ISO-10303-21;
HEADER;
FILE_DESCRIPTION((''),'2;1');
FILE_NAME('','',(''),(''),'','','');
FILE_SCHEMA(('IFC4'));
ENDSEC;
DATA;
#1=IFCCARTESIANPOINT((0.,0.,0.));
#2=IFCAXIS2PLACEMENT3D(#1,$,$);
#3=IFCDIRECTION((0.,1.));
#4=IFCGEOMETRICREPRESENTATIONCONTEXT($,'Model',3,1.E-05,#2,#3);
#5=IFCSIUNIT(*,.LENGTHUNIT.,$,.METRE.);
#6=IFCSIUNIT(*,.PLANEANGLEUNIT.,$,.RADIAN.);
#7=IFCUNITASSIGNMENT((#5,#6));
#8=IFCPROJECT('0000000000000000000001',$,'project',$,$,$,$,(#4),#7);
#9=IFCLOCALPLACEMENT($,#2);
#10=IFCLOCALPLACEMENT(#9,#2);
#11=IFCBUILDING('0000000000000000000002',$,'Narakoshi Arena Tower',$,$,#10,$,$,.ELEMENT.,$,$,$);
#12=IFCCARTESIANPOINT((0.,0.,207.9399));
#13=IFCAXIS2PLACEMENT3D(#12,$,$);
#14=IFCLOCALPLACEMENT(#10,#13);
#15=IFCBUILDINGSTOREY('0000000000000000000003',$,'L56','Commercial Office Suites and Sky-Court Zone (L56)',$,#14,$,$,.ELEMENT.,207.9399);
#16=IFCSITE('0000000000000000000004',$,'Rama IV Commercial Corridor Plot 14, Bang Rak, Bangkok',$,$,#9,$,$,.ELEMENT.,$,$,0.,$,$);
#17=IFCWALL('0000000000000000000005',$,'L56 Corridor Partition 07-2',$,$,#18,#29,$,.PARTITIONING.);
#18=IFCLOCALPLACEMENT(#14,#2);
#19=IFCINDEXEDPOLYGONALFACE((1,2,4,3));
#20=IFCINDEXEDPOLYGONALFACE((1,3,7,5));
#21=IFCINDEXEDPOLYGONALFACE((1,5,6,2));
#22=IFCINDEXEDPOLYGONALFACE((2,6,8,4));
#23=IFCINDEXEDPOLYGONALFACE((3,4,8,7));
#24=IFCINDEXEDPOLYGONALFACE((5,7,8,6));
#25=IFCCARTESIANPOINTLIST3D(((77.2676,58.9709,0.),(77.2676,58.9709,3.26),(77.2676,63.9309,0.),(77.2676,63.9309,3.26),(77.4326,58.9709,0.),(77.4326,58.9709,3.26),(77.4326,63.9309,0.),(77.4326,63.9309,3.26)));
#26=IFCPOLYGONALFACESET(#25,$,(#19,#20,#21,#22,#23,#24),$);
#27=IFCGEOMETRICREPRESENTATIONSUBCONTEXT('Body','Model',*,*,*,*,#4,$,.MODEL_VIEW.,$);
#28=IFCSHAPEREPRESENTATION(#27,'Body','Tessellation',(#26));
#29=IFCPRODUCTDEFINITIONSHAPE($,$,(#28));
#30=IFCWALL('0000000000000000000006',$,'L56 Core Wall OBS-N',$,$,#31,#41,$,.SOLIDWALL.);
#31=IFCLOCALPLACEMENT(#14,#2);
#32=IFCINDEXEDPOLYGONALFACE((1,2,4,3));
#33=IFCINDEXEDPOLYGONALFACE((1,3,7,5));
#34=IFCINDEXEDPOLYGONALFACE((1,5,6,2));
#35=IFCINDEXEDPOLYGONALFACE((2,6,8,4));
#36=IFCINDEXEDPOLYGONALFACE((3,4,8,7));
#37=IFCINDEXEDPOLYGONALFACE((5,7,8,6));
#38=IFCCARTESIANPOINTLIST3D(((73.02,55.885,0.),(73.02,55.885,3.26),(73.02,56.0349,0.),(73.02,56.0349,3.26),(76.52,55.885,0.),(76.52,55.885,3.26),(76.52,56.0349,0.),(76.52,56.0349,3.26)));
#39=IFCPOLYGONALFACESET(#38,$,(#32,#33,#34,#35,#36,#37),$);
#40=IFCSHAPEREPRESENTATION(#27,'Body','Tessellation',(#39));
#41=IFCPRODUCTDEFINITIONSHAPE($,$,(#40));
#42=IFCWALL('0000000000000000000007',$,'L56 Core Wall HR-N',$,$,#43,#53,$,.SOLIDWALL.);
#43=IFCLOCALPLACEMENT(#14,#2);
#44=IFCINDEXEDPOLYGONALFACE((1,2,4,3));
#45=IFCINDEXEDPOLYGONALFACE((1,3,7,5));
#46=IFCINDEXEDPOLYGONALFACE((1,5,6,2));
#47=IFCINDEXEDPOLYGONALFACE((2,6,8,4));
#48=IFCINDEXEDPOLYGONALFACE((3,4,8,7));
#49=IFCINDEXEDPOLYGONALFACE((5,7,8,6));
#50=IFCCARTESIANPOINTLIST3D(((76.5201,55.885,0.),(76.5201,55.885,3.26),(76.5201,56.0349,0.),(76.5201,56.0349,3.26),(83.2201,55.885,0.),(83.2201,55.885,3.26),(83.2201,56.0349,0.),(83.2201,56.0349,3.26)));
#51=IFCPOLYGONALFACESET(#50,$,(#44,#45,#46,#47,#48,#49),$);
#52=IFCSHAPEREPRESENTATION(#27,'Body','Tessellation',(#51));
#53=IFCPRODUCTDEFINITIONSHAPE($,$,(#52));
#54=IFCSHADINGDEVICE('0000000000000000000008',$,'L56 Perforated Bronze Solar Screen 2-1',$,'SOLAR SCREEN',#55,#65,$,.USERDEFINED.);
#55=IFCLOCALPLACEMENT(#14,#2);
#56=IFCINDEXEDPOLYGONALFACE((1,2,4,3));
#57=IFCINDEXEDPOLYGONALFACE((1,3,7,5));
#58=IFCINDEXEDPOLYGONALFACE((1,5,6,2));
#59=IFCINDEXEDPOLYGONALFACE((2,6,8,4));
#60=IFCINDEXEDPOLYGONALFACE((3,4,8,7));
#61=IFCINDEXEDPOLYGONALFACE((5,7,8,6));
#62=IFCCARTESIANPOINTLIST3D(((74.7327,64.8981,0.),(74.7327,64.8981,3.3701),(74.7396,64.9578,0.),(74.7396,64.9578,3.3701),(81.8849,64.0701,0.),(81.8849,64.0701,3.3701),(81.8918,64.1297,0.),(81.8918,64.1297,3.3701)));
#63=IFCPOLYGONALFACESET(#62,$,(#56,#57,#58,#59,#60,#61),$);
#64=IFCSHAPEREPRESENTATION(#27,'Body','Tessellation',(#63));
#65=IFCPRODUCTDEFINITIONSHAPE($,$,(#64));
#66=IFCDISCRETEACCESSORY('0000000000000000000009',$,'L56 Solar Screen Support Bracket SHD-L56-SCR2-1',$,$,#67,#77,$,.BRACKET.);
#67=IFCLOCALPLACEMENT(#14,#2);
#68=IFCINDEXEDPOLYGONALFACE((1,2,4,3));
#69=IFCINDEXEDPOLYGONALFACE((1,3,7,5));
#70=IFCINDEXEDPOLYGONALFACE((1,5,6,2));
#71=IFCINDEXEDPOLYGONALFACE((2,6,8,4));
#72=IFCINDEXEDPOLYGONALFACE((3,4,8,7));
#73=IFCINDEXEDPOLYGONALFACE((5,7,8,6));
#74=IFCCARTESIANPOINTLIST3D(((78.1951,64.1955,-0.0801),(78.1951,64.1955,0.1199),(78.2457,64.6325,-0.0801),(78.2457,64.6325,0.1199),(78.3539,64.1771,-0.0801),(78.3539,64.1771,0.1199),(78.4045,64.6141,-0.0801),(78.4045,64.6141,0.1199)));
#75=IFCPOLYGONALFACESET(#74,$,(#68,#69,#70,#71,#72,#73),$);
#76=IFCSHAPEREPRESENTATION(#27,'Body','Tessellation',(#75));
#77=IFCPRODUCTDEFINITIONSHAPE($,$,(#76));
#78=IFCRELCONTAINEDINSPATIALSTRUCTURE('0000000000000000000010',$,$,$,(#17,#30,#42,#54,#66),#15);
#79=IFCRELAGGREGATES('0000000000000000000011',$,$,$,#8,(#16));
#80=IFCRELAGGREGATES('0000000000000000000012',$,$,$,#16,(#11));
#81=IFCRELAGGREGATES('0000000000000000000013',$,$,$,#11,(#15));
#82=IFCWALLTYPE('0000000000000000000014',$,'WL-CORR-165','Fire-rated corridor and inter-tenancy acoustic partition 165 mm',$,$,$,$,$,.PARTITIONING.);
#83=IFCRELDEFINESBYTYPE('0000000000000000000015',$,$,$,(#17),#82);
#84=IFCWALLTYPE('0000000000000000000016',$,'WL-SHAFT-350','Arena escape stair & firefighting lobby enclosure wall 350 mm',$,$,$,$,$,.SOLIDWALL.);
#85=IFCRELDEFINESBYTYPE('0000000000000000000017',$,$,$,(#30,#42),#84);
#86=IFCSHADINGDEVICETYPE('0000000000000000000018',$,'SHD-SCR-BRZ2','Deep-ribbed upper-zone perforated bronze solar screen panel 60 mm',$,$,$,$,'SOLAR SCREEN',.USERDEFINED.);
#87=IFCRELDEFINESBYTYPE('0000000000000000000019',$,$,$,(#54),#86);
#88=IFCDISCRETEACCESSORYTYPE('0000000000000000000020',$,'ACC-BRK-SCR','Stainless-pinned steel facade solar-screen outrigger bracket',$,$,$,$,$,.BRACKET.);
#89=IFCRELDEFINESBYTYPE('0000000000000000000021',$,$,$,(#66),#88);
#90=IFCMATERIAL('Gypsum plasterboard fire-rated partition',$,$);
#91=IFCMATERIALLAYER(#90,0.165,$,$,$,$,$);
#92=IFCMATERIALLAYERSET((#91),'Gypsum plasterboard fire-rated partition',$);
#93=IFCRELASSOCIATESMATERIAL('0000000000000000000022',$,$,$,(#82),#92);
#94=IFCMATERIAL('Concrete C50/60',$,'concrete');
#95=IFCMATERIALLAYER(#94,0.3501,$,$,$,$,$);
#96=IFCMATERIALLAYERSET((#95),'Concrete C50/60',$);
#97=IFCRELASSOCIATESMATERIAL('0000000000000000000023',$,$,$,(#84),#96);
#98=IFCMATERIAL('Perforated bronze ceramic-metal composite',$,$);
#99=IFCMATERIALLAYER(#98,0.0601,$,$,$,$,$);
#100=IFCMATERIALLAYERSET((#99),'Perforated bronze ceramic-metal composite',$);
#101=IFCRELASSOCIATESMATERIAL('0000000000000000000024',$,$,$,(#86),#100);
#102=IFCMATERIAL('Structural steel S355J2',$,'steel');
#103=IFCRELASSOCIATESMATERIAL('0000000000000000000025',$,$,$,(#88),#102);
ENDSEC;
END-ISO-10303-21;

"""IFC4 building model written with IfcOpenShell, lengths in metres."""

from ifc_helpers import new_model, si_unit, direction, frame, frame_2d, origin, origin_2d, place, context, subcontext, project, spatial, rectangle, extrude, material, layer, layer_set, type_object, element, save


model = new_model("IFC4")

# Units and contexts
model_context = context("Model", 3, precision=1e-05, world=origin(), true_north=direction((0.0, 1.0)))
body_context = subcontext(model_context, "Body", "Model", "MODEL_VIEW")
ifc_project = project(units=[si_unit("LENGTHUNIT", "METRE"), si_unit("PLANEANGLEUNIT", "RADIAN")], contexts=[model_context])

# Site, building, storey
site_placement = place(None, origin())
site = spatial("IfcSite", under=ifc_project, at=site_placement, Name="Rama IV Commercial Corridor Plot 14, Bang Rak, Bangkok", CompositionType="ELEMENT", RefElevation=0.0)
building_placement = place(site_placement, origin())
building = spatial("IfcBuilding", under=site, at=building_placement, Name="Narakoshi Arena Tower", CompositionType="ELEMENT")
storey_placement = place(building_placement, frame((0.0, 0.0, 207.9399)))
storey = spatial("IfcBuildingStorey", under=building, at=storey_placement, Name="L56", Description="Commercial Office Suites and Sky-Court Zone (L56)", CompositionType="ELEMENT", Elevation=207.9399)

# Shared definitions
ifc_material_1 = material(Name="Structural steel S355J2", Category="steel")

# Shared definitions
ifc_material_2 = material(Name="Gypsum plasterboard fire-rated partition")
ifc_layer_1 = layer(ifc_material_2, 0.165)
ifc_layer_set_1 = layer_set([ifc_layer_1], Name="Gypsum plasterboard fire-rated partition")
wall_type_1 = type_object("IfcWallType", Name="WL-CORR-165", Description="Fire-rated corridor and inter-tenancy acoustic partition 165 mm", PredefinedType="PARTITIONING", material=ifc_layer_set_1)

# Walls
wall_1_placement = place(storey_placement, frame((77.3501, 63.9309, 0.0), z_axis=(0.0, 0.0, 1.0), x_axis=(0.0, -1.0, 0.0)))
element("IfcWall", 1, at=wall_1_placement, inside=storey, type_object=wall_type_1, Name="L56 Corridor Partition 07-2", PredefinedType="PARTITIONING", context=body_context, shape_type="SweptSolid", body=[
    extrude(rectangle(XDim=4.96, YDim=0.165, at=frame_2d((2.48, 0.0))), origin(), (0.0, 0.0, 1.0), 3.26),
])
ifc_material_3 = material(Name="Concrete C50/60", Category="concrete")
ifc_layer_2 = layer(ifc_material_3, 0.3501)
ifc_layer_set_2 = layer_set([ifc_layer_2], Name="Concrete C50/60")
wall_type_2 = type_object("IfcWallType", Name="WL-SHAFT-350", Description="Arena escape stair & firefighting lobby enclosure wall 350 mm", PredefinedType="SOLIDWALL", material=ifc_layer_set_2)
wall_2_placement = place(storey_placement, frame((73.02, 55.96, 0.0), z_axis=(0.0, 0.0, 1.0), x_axis=(1.0, 0.0, 0.0)))
element("IfcWall", 2, at=wall_2_placement, inside=storey, type_object=wall_type_2, Name="L56 Core Wall OBS-N", PredefinedType="SOLIDWALL", context=body_context, shape_type="SweptSolid", body=[
    extrude(rectangle(XDim=3.5, YDim=0.1499, at=frame_2d((1.75, 0.0))), origin(), (0.0, 0.0, 1.0), 3.26),
])
wall_3_placement = place(storey_placement, frame((76.52, 55.96, 0.0), z_axis=(0.0, 0.0, 1.0), x_axis=(1.0, 0.0, 0.0)))
element("IfcWall", 3, at=wall_3_placement, inside=storey, type_object=wall_type_2, Name="L56 Core Wall HR-N", PredefinedType="SOLIDWALL", context=body_context, shape_type="SweptSolid", body=[
    extrude(rectangle(XDim=6.7, YDim=0.1499, at=frame_2d((3.3501, 0.0))), origin(), (0.0, 0.0, 1.0), 3.26),
])

# Shading device
ifc_material_4 = material(Name="Perforated bronze ceramic-metal composite")
ifc_layer_3 = layer(ifc_material_4, 0.0601)
ifc_layer_set_3 = layer_set([ifc_layer_3], Name="Perforated bronze ceramic-metal composite")
shading_device_type = type_object("IfcShadingDeviceType", Name="SHD-SCR-BRZ2", Description="Deep-ribbed upper-zone perforated bronze solar screen panel 60 mm", ElementType="SOLAR SCREEN", PredefinedType="USERDEFINED", material=ifc_layer_set_3)
shading_device_placement = place(storey_placement, frame((78.3123, 64.5139, 0.0), z_axis=(0.0, 0.0, 1.0), x_axis=(-0.993365, 0.115007, 0.0)))
element("IfcShadingDevice", 4, at=shading_device_placement, inside=storey, type_object=shading_device_type, Name="L56 Perforated Bronze Solar Screen 2-1", ObjectType="SOLAR SCREEN", PredefinedType="USERDEFINED", context=body_context, shape_type="SweptSolid", body=[
    extrude(rectangle(XDim=7.2, YDim=0.0601, at=origin_2d()), origin(), (0.0, 0.0, 1.0), 3.3701),
])

# Discrete accessory
discrete_accessory_type = type_object("IfcDiscreteAccessoryType", Name="ACC-BRK-SCR", Description="Stainless-pinned steel facade solar-screen outrigger bracket", PredefinedType="BRACKET", material=ifc_material_1)
discrete_accessory_placement = place(storey_placement, frame((78.2998, 64.4048, -0.0801), z_axis=(0.0, 0.0, 1.0), x_axis=(-0.993365, 0.115007, 0.0)))
element("IfcDiscreteAccessory", 5, at=discrete_accessory_placement, inside=storey, type_object=discrete_accessory_type, Name="L56 Solar Screen Support Bracket SHD-L56-SCR2-1", PredefinedType="BRACKET", context=body_context, shape_type="SweptSolid", body=[
    extrude(rectangle(XDim=0.1599, YDim=0.4399, at=origin_2d()), origin(), (0.0, 0.0, 1.0), 0.2),
])

save(model, "model.ifc")
